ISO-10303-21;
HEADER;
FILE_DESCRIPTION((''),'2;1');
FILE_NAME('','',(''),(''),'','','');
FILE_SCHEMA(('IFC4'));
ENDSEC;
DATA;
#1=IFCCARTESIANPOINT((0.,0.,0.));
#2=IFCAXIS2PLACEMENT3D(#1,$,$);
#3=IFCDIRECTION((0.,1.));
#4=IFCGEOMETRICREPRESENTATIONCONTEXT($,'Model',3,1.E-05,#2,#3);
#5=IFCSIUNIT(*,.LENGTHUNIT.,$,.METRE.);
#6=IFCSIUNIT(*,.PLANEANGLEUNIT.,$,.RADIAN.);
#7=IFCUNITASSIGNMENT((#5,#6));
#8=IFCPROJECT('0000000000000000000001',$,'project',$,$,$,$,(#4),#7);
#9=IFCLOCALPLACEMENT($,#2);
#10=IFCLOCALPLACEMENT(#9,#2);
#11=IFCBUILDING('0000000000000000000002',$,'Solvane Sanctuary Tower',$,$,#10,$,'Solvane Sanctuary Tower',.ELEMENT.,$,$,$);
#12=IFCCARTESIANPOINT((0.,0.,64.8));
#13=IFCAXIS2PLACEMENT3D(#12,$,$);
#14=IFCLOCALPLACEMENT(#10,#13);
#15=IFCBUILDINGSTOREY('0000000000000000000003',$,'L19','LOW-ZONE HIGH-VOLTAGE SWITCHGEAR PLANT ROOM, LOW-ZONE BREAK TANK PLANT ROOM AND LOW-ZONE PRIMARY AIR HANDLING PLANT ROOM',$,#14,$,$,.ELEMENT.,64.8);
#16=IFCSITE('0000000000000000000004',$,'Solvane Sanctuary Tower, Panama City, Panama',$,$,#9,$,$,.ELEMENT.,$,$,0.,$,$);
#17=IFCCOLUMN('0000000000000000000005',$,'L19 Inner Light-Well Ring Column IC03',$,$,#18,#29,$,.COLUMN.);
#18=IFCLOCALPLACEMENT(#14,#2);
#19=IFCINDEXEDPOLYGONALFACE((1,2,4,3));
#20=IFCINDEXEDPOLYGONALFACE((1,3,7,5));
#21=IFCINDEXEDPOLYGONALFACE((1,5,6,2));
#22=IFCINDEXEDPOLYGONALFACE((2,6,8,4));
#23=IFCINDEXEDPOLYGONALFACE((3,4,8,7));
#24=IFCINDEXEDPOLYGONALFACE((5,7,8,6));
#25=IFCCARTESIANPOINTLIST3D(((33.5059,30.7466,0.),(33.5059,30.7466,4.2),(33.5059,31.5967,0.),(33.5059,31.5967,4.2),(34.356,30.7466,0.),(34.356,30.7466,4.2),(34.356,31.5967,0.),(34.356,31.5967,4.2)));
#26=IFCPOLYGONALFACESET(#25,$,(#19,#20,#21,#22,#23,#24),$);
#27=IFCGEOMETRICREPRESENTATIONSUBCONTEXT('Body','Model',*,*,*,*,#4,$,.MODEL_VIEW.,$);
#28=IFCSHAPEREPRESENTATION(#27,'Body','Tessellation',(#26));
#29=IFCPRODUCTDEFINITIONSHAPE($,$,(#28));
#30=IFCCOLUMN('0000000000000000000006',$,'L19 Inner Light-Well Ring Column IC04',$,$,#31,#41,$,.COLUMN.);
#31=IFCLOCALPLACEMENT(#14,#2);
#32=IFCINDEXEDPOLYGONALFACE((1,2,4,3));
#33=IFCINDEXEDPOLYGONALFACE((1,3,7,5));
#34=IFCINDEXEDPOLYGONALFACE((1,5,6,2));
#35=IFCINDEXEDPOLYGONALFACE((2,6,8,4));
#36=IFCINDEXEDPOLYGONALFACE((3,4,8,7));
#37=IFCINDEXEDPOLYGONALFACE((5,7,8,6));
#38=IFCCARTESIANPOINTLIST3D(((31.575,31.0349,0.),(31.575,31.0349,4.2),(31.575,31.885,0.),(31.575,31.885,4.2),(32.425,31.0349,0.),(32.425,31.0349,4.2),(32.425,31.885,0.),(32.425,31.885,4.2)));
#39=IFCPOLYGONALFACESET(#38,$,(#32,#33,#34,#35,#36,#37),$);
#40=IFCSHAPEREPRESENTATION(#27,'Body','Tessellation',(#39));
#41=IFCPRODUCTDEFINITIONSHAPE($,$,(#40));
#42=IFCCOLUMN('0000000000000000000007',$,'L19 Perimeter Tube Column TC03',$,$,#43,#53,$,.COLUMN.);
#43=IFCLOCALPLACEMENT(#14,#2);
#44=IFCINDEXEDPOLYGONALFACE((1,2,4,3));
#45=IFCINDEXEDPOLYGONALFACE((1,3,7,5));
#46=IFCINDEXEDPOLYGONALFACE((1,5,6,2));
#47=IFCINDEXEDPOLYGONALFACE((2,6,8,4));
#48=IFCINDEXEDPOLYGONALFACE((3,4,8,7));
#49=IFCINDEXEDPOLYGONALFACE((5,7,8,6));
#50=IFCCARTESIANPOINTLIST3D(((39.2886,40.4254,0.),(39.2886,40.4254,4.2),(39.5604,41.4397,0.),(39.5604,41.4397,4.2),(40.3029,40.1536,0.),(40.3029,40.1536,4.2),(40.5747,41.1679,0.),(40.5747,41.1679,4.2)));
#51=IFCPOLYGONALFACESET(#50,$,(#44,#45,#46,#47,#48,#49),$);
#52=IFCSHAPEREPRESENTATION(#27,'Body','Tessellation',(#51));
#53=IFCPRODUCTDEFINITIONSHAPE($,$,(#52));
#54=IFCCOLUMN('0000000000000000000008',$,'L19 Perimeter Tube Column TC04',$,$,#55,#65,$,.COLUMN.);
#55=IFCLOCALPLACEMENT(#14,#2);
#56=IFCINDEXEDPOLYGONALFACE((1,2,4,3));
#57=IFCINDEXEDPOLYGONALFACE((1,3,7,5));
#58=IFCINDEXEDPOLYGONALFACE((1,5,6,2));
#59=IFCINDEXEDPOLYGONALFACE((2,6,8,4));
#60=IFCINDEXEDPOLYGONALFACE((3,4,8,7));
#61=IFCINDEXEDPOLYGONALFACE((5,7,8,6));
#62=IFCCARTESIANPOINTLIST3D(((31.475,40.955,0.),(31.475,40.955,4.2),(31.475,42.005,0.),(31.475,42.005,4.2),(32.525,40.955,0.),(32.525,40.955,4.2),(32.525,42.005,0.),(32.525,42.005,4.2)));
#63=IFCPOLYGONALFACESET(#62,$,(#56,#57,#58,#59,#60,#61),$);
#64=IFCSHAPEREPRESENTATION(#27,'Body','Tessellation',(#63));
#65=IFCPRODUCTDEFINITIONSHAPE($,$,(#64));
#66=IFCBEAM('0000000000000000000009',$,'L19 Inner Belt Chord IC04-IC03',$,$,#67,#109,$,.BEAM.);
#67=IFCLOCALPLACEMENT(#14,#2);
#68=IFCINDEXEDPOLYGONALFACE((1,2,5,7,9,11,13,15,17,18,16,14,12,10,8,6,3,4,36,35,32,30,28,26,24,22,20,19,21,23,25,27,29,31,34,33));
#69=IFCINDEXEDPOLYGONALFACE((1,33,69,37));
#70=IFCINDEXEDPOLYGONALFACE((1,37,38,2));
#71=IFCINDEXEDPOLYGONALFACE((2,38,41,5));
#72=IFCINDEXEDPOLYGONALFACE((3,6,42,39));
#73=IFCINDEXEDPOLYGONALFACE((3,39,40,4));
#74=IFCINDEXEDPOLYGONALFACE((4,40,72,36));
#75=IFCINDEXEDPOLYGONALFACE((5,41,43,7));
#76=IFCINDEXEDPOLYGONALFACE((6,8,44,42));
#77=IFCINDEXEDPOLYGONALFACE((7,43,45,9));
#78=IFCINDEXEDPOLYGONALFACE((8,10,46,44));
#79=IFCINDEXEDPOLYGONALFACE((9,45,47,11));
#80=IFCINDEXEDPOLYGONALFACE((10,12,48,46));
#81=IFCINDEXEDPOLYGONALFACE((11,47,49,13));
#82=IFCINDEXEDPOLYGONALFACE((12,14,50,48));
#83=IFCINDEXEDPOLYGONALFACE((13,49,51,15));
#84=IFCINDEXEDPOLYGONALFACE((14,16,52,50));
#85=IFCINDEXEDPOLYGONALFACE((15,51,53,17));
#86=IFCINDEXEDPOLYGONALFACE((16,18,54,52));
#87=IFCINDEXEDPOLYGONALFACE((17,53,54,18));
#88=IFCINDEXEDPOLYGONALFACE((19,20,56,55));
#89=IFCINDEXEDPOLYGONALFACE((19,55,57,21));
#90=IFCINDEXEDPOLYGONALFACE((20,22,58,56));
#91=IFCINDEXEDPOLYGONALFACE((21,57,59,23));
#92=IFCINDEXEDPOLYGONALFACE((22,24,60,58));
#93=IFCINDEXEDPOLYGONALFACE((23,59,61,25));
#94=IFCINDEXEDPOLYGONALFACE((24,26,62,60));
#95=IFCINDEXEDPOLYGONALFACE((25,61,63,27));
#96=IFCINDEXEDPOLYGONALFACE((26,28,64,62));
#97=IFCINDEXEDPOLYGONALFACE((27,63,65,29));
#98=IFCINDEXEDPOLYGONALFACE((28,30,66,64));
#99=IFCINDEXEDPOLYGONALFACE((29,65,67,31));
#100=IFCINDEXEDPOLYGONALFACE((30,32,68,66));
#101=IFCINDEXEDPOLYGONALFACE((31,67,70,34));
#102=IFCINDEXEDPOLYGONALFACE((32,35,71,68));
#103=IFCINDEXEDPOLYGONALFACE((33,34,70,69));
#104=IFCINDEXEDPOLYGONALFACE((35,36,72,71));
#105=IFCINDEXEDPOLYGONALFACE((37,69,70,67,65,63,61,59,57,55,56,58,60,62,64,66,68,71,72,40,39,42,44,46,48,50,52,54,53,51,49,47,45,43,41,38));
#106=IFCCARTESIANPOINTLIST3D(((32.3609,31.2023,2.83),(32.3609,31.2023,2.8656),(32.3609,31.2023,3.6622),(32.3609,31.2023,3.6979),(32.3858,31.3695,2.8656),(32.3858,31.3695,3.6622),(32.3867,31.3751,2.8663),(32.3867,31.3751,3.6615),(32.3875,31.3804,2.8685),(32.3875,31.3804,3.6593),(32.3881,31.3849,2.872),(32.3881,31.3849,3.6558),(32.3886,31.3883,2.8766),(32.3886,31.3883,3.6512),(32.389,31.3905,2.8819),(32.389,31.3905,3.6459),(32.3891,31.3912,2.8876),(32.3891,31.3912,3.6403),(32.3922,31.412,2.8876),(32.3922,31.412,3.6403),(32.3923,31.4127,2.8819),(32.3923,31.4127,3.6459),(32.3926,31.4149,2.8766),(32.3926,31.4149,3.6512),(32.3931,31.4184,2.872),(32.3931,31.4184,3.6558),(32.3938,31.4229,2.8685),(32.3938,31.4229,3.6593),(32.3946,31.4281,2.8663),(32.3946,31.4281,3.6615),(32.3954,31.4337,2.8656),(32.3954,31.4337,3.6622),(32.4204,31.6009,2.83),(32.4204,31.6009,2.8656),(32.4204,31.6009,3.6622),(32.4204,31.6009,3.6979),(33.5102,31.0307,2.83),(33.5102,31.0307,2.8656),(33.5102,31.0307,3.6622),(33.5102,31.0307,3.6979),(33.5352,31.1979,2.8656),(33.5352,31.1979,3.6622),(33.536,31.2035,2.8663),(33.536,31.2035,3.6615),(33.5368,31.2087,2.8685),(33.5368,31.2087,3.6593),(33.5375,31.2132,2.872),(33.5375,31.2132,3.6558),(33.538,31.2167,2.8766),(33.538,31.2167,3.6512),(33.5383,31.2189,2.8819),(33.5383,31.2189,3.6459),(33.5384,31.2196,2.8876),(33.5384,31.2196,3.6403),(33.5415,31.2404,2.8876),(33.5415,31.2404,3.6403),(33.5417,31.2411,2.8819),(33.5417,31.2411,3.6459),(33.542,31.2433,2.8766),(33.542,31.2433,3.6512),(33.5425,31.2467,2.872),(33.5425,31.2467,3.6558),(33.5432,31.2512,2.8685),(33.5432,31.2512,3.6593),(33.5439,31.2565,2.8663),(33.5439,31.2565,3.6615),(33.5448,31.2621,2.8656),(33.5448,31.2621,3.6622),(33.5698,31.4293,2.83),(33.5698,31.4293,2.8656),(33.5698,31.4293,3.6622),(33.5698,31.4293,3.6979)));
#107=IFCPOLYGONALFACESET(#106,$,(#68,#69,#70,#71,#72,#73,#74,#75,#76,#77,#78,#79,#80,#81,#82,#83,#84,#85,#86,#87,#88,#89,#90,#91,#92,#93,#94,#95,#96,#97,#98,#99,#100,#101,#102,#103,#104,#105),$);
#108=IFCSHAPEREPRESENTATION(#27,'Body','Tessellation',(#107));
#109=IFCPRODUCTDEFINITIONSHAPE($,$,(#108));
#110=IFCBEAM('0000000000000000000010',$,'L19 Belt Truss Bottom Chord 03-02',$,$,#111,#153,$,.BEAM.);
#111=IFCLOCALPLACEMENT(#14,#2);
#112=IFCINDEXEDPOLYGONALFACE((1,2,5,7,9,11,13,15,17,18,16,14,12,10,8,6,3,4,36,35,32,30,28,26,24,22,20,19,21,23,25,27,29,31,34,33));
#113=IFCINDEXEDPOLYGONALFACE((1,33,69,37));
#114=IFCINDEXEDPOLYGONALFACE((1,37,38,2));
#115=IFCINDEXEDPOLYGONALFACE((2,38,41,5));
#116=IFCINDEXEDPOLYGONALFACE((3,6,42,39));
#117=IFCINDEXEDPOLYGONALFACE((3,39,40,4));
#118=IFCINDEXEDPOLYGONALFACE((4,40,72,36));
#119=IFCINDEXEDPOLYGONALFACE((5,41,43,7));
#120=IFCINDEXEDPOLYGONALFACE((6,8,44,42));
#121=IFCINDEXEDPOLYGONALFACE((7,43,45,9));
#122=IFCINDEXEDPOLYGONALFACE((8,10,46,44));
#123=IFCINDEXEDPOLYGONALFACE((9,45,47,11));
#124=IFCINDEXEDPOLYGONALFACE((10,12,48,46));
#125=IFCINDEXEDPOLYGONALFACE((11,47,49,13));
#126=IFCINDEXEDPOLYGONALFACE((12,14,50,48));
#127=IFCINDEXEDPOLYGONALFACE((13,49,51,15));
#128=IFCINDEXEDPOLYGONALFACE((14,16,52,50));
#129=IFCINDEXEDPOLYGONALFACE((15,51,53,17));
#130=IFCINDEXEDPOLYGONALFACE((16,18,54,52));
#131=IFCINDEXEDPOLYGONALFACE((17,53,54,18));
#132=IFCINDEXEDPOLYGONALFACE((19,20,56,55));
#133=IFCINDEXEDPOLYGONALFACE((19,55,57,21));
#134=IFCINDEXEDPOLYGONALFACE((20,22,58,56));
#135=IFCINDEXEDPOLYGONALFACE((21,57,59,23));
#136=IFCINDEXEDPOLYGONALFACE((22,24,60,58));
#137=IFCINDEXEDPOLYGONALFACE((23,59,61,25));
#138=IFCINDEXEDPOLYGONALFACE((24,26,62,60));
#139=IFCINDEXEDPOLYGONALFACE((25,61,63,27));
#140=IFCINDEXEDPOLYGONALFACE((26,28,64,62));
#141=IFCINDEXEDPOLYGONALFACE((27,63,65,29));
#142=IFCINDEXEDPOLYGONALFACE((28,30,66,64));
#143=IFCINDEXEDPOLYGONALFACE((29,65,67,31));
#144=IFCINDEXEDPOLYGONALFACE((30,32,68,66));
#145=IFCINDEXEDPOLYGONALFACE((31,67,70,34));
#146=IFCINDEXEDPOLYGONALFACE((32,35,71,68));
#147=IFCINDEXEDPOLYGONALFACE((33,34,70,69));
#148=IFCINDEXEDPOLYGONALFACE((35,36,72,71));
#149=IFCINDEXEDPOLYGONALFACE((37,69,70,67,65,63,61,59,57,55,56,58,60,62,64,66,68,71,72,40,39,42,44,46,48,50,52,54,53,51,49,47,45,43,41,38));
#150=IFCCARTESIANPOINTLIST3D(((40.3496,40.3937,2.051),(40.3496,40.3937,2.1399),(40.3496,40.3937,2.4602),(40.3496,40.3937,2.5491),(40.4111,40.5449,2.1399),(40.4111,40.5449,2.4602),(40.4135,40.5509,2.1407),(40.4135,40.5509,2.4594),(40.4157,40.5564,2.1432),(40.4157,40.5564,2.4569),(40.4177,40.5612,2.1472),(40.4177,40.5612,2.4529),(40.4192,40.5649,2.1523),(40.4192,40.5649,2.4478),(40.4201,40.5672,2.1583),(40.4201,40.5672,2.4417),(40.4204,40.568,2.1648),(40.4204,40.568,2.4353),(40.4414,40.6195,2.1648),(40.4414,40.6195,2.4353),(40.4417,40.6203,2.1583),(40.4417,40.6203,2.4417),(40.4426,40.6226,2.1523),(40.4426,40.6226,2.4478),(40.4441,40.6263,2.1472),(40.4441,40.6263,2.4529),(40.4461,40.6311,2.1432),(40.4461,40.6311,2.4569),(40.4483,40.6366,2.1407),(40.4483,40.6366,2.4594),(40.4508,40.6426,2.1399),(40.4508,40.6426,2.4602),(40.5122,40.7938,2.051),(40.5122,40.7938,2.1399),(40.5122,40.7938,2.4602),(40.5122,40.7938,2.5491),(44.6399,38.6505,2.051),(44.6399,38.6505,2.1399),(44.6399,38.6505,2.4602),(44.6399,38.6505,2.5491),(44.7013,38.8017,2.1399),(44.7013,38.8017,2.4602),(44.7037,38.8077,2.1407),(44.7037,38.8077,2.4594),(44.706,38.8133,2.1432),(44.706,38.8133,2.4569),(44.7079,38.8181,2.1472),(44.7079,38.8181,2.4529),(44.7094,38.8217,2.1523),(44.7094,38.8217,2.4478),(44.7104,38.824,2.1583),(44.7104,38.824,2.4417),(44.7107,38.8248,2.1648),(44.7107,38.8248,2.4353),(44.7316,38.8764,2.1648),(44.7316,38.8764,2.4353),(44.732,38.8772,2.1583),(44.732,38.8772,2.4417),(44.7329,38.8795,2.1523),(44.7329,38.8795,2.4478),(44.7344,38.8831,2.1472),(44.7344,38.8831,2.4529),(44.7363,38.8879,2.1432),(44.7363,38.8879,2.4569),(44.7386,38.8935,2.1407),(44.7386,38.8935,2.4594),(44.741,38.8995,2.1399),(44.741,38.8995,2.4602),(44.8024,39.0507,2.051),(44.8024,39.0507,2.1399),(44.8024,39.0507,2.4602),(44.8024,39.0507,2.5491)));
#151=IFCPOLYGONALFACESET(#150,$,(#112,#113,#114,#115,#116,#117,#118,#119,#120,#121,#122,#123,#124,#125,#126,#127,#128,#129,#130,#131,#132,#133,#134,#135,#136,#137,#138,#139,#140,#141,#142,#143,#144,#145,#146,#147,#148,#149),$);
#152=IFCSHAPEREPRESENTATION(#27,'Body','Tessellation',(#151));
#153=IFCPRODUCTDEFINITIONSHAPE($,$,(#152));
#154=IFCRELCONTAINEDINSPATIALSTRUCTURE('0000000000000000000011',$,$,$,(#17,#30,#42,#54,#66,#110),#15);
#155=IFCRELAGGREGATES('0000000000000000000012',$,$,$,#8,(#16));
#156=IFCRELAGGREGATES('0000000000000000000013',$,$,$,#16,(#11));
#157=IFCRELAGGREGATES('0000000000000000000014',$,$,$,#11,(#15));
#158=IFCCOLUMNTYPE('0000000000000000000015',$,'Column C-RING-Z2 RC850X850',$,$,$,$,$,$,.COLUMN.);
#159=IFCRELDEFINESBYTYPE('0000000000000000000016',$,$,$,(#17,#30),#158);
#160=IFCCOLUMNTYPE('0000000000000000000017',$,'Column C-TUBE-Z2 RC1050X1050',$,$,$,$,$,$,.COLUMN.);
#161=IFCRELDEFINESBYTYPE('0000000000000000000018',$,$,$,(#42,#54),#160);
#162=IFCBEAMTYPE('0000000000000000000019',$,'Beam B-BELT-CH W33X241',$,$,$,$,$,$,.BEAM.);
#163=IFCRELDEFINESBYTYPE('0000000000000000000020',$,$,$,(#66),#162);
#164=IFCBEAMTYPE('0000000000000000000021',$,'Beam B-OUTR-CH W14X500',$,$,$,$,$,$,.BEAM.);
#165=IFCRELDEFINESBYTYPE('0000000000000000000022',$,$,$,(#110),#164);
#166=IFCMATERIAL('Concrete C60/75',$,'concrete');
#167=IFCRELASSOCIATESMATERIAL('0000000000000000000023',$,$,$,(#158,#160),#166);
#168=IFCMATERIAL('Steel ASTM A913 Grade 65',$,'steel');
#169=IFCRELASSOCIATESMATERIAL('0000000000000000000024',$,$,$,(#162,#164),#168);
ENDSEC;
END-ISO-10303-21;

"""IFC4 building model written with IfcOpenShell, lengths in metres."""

from ifc_helpers import new_model, si_unit, direction, frame, origin, origin_2d, place, context, subcontext, project, spatial, rectangle, i_section, extrude, material, material_profile, profile_set, type_object, element, save


model = new_model("IFC4")

# Units and contexts
model_context = context("Model", 3, precision=1e-05, world=origin(), true_north=direction((0.0, 1.0)))
body_context = subcontext(model_context, "Body", "Model", "MODEL_VIEW")
ifc_project = project(units=[si_unit("LENGTHUNIT", "METRE"), si_unit("PLANEANGLEUNIT", "RADIAN")], contexts=[model_context])

# Site, building, storey
site_placement = place(None, origin())
site = spatial("IfcSite", under=ifc_project, at=site_placement, Name="Solvane Sanctuary Tower, Panama City, Panama", CompositionType="ELEMENT", RefElevation=0.0)
building_placement = place(site_placement, origin())
building = spatial("IfcBuilding", under=site, at=building_placement, Name="Solvane Sanctuary Tower", LongName="Solvane Sanctuary Tower", CompositionType="ELEMENT")
storey_placement = place(building_placement, frame((0.0, 0.0, 64.8)))
storey = spatial("IfcBuildingStorey", under=building, at=storey_placement, Name="L19", Description="LOW-ZONE HIGH-VOLTAGE SWITCHGEAR PLANT ROOM, LOW-ZONE BREAK TANK PLANT ROOM AND LOW-ZONE PRIMARY AIR HANDLING PLANT ROOM", CompositionType="ELEMENT", Elevation=64.8)

# Columns
ifc_material_1 = material(Name="Concrete C60/75", Category="concrete")
ifc_material_profile_1 = material_profile(ifc_material_1, rectangle(XDim=0.8501, YDim=0.8501, at=origin_2d()), Name="RC850X850")
ifc_profile_set_1 = profile_set([ifc_material_profile_1], Name="Concrete C60/75")
column_type_1 = type_object("IfcColumnType", Name="Column C-RING-Z2 RC850X850", PredefinedType="COLUMN", material=ifc_profile_set_1)
for number, where, z_axis, x_axis, name in (
    (1, (33.9309, 31.1716, 0.0), (0.0, 0.0, 1.0), (1.0, 0.0, 0.0), "L19 Inner Light-Well Ring Column IC03"),
    (2, (32.0, 31.46, 0.0), (0.0, 0.0, 1.0), (1.0, 0.0, 0.0), "L19 Inner Light-Well Ring Column IC04"),
):
    element("IfcColumn", number, at=place(storey_placement, frame(where, z_axis=z_axis, x_axis=x_axis)), inside=storey, type_object=column_type_1, Name=name, PredefinedType="COLUMN", context=body_context, shape_type="SweptSolid", body=[
        extrude(rectangle(XDim=0.8501, YDim=0.8501, at=origin_2d()), origin(), (0.0, 0.0, 1.0), 4.2),
    ])
ifc_material_profile_2 = material_profile(ifc_material_1, rectangle(XDim=1.05, YDim=1.05, at=origin_2d()), Name="RC1050X1050")
ifc_profile_set_2 = profile_set([ifc_material_profile_2], Name="Concrete C60/75")
column_type_2 = type_object("IfcColumnType", Name="Column C-TUBE-Z2 RC1050X1050", PredefinedType="COLUMN", material=ifc_profile_set_2)
for number, where, z_axis, x_axis, name in (
    (3, (39.9316, 40.7966, 0.0), (0.0, 0.0, 1.0), (0.258819, 0.965926, 0.0), "L19 Perimeter Tube Column TC03"),
    (4, (32.0, 41.48, 0.0), (0.0, 0.0, 1.0), (0.0, 1.0, 0.0), "L19 Perimeter Tube Column TC04"),
):
    element("IfcColumn", number, at=place(storey_placement, frame(where, z_axis=z_axis, x_axis=x_axis)), inside=storey, type_object=column_type_2, Name=name, PredefinedType="COLUMN", context=body_context, shape_type="SweptSolid", body=[
        extrude(rectangle(XDim=1.05, YDim=1.05, at=origin_2d()), origin(), (0.0, 0.0, 1.0), 4.2),
    ])

# Beams
ifc_material_2 = material(Name="Steel ASTM A913 Grade 65", Category="steel")
ifc_material_profile_3 = material_profile(ifc_material_2, i_section(OverallWidth=0.4031, OverallDepth=0.8679, WebThickness=0.021, FlangeThickness=0.0356, FilletRadius=0.022, at=origin_2d()), Name="W33X241")
ifc_profile_set_3 = profile_set([ifc_material_profile_3], Name="Steel ASTM A913 Grade 65")
beam_type_1 = type_object("IfcBeamType", Name="Beam B-BELT-CH W33X241", PredefinedType="BEAM", material=ifc_profile_set_3)
beam_1_placement = place(storey_placement, frame((32.3906, 31.4016, 3.2639), z_axis=(0.989035, -0.147683, 0.0), x_axis=(0.147683, 0.989035, 0.0)))
element("IfcBeam", 5, at=beam_1_placement, inside=storey, type_object=beam_type_1, Name="L19 Inner Belt Chord IC04-IC03", PredefinedType="BEAM", context=body_context, shape_type="SweptSolid", body=[
    extrude(i_section(OverallWidth=0.4031, OverallDepth=0.8679, WebThickness=0.021, FlangeThickness=0.0356, FilletRadius=0.022, at=origin_2d()), origin(), (0.0, 0.0, 1.0), 1.1621),
])
ifc_material_profile_4 = material_profile(ifc_material_2, i_section(OverallWidth=0.4319, OverallDepth=0.498, WebThickness=0.0557, FlangeThickness=0.0889, FilletRadius=0.0249, at=origin_2d()), Name="W14X500")
ifc_profile_set_4 = profile_set([ifc_material_profile_4], Name="Steel ASTM A913 Grade 65")
beam_type_2 = type_object("IfcBeamType", Name="Beam B-OUTR-CH W14X500", PredefinedType="BEAM", material=ifc_profile_set_4)
beam_2_placement = place(storey_placement, frame((40.4309, 40.5938, 2.3), z_axis=(0.926449, -0.376421, 0.0), x_axis=(0.376421, 0.926449, 0.0)))
element("IfcBeam", 6, at=beam_2_placement, inside=storey, type_object=beam_type_2, Name="L19 Belt Truss Bottom Chord 03-02", PredefinedType="BEAM", context=body_context, shape_type="SweptSolid", body=[
    extrude(i_section(OverallWidth=0.4319, OverallDepth=0.498, WebThickness=0.0557, FlangeThickness=0.0889, FilletRadius=0.0249, at=origin_2d()), origin(), (0.0, 0.0, 1.0), 4.6309),
])

save(model, "model.ifc")
